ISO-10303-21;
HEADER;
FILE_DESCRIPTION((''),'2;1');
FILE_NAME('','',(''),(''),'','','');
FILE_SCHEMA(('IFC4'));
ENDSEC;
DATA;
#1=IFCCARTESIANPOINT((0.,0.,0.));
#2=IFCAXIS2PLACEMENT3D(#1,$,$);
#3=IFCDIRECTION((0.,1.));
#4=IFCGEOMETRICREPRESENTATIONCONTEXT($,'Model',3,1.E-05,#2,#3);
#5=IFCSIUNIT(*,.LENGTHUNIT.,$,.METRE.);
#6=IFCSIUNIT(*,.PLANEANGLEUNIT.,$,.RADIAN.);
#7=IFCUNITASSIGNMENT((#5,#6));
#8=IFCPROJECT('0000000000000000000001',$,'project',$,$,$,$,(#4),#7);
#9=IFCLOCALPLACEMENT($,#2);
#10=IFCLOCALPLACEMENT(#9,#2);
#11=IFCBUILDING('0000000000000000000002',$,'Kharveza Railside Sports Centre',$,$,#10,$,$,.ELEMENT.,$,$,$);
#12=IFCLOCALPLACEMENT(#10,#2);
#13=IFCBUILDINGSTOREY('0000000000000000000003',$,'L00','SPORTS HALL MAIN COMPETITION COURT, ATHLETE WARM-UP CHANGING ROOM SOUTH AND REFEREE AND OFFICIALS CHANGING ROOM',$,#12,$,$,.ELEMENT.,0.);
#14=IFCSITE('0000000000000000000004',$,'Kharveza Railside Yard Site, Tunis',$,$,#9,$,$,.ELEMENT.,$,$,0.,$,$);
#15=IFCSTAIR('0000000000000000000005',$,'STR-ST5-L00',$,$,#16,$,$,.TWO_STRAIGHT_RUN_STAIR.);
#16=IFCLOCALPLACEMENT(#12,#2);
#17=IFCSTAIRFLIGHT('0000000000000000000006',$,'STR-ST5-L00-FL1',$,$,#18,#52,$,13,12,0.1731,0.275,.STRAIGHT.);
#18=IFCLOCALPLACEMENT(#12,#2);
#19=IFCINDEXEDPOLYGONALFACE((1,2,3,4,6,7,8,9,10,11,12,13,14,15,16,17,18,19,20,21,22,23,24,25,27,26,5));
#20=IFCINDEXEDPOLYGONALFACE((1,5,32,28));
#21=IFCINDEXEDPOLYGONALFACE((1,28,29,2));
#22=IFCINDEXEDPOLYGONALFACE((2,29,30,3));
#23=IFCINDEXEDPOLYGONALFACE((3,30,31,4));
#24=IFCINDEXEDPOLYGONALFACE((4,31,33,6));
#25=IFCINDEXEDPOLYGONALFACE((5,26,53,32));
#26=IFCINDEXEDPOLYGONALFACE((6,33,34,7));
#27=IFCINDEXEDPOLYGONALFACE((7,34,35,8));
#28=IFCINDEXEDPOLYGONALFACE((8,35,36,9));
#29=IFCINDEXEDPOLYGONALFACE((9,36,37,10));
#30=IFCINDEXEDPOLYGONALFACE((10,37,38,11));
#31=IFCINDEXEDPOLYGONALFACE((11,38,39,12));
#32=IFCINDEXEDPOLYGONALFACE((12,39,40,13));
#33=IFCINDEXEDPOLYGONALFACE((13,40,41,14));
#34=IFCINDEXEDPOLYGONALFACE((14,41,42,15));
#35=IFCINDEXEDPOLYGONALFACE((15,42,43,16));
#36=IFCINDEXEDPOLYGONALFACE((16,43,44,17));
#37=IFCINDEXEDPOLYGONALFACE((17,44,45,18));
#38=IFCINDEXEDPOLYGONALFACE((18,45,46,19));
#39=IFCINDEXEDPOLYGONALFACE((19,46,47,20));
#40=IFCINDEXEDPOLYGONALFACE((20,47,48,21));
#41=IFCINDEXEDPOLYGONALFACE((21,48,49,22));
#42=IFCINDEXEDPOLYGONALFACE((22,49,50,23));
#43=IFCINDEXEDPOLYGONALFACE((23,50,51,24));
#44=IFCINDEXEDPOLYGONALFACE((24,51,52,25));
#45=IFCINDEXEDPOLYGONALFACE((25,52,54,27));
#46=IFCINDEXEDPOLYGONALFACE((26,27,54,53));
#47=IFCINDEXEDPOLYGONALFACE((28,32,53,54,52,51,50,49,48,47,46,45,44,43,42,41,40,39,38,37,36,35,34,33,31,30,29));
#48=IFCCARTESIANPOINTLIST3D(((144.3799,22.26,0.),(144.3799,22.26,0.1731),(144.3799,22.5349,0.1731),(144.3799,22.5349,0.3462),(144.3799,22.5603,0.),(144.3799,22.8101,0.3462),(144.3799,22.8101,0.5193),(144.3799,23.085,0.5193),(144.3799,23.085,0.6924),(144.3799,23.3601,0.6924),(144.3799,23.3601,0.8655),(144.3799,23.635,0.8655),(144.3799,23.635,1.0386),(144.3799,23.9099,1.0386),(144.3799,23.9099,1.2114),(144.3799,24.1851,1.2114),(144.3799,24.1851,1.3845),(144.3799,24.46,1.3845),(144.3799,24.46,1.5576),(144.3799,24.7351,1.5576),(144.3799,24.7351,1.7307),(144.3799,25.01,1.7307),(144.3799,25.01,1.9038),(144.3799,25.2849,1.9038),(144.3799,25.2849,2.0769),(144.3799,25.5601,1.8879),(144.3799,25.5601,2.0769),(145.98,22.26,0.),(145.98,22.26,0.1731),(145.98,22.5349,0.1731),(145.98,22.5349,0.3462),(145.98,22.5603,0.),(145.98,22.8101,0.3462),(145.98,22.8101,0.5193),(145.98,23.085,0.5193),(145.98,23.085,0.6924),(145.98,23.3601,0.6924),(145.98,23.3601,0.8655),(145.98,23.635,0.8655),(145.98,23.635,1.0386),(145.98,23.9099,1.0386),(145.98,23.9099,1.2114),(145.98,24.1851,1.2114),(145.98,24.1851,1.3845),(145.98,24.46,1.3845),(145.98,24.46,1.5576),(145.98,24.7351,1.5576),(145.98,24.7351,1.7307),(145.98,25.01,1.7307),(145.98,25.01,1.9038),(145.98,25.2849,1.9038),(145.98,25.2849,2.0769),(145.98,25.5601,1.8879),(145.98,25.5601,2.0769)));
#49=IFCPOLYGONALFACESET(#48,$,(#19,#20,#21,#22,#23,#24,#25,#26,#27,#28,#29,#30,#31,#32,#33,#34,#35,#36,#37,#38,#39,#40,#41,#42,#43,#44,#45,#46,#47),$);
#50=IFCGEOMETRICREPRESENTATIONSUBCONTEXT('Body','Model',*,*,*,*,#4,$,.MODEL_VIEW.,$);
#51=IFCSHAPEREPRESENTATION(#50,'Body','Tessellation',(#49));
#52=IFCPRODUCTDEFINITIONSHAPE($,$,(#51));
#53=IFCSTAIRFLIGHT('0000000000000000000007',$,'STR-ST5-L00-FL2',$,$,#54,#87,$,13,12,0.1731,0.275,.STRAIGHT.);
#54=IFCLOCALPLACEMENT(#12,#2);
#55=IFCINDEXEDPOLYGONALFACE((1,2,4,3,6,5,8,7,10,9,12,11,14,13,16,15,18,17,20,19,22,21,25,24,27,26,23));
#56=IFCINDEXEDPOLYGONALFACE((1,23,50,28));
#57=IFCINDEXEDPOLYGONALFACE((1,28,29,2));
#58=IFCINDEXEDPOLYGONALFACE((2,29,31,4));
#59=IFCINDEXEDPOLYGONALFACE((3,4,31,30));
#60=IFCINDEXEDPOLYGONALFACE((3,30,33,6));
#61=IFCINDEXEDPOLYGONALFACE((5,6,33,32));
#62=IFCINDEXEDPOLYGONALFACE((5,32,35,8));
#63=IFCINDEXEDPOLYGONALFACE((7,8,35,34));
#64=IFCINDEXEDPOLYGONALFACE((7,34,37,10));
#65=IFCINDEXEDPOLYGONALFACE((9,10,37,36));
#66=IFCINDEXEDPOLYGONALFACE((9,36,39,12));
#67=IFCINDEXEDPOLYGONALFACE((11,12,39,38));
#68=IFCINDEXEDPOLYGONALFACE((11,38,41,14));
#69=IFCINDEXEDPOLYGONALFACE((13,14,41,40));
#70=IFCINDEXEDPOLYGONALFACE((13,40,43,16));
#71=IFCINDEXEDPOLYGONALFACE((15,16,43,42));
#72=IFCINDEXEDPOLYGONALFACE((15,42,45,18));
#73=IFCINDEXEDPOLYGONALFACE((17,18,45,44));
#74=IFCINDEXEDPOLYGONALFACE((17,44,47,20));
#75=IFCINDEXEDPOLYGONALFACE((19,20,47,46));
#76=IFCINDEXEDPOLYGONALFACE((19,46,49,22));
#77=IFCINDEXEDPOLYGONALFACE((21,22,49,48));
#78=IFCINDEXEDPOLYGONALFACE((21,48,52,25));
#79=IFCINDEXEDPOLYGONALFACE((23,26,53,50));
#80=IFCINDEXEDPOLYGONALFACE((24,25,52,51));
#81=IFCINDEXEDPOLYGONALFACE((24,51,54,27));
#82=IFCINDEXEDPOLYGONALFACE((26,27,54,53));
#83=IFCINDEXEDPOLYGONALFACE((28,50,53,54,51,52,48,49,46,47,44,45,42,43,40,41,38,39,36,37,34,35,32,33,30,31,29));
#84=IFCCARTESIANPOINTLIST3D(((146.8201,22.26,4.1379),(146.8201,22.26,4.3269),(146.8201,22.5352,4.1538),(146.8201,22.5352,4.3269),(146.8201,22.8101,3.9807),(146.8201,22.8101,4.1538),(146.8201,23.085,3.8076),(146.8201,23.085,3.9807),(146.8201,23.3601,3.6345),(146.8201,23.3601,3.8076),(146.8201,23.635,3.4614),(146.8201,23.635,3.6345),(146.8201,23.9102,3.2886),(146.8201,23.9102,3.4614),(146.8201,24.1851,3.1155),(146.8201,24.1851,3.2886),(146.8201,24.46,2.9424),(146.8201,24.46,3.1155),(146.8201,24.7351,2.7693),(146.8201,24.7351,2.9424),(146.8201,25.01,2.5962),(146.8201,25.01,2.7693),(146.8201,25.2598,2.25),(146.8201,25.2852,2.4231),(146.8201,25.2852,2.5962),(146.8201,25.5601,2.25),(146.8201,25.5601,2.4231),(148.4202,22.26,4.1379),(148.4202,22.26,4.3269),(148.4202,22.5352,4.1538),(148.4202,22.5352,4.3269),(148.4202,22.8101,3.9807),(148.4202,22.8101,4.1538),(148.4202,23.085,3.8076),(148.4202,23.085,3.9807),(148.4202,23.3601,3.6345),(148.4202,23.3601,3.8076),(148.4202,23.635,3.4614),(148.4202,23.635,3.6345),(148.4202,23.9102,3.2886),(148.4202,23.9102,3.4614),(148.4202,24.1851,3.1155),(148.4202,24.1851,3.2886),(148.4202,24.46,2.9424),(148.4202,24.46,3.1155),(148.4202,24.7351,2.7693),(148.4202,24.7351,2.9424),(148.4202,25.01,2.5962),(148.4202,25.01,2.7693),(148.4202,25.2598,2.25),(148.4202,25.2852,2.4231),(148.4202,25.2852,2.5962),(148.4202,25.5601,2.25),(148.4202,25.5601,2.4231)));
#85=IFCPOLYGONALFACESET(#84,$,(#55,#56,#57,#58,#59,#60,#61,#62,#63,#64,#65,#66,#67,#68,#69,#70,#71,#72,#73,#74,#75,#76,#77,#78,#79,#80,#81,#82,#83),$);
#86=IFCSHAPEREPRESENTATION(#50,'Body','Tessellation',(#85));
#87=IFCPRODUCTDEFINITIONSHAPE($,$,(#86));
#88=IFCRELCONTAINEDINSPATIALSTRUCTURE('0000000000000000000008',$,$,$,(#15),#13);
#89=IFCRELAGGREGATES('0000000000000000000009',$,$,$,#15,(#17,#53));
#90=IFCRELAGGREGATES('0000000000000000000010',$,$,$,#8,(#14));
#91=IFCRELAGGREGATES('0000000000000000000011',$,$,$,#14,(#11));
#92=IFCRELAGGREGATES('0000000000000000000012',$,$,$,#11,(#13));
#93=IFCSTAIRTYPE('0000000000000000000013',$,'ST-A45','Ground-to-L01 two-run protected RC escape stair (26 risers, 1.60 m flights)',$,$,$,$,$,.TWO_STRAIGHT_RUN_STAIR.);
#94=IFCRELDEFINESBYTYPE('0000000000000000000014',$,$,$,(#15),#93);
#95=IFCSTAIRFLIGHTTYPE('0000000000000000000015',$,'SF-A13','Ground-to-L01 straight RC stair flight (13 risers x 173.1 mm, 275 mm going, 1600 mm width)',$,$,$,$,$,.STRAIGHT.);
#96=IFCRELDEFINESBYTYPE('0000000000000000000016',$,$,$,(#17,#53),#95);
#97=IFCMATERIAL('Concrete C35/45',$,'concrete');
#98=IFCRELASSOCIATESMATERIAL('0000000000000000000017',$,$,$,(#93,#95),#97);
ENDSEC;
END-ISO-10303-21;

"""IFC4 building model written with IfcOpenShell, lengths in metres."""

from ifc_helpers import new_model, si_unit, direction, frame, origin, place, context, subcontext, project, spatial, polyline, outline, extrude, material, type_object, element, aggregate, save


model = new_model("IFC4")

# Units and contexts
model_context = context("Model", 3, precision=1e-05, world=origin(), true_north=direction((0.0, 1.0)))
body_context = subcontext(model_context, "Body", "Model", "MODEL_VIEW")
ifc_project = project(units=[si_unit("LENGTHUNIT", "METRE"), si_unit("PLANEANGLEUNIT", "RADIAN")], contexts=[model_context])

# Site, building, storey
site_placement = place(None, origin())
site = spatial("IfcSite", under=ifc_project, at=site_placement, Name="Kharveza Railside Yard Site, Tunis", CompositionType="ELEMENT", RefElevation=0.0)
building_placement = place(site_placement, origin())
building = spatial("IfcBuilding", under=site, at=building_placement, Name="Kharveza Railside Sports Centre", CompositionType="ELEMENT")
storey_placement = place(building_placement, origin())
storey = spatial("IfcBuildingStorey", under=building, at=storey_placement, Name="L00", Description="SPORTS HALL MAIN COMPETITION COURT, ATHLETE WARM-UP CHANGING ROOM SOUTH AND REFEREE AND OFFICIALS CHANGING ROOM", CompositionType="ELEMENT", Elevation=0.0)

# Shared definitions
ifc_material_1 = material(Name="Concrete C35/45", Category="concrete")

# Stair, stair flights
stair_type = type_object("IfcStairType", Name="ST-A45", Description="Ground-to-L01 two-run protected RC escape stair (26 risers, 1.60 m flights)", PredefinedType="TWO_STRAIGHT_RUN_STAIR", material=ifc_material_1)
stair_placement = place(storey_placement, origin())
stair = element("IfcStair", 1, at=stair_placement, inside=storey, type_object=stair_type, Name="STR-ST5-L00", PredefinedType="TWO_STRAIGHT_RUN_STAIR")
stair_flight_type = type_object("IfcStairFlightType", Name="SF-A13", Description="Ground-to-L01 straight RC stair flight (13 risers x 173.1 mm, 275 mm going, 1600 mm width)", PredefinedType="STRAIGHT", material=ifc_material_1)
stair_flight_1_placement = place(storey_placement, frame((145.1799, 22.26, 0.0), z_axis=(0.0, 0.0, 1.0), x_axis=(0.0, 1.0, 0.0)))
stair_flight_1 = element("IfcStairFlight", 2, at=stair_flight_1_placement, type_object=stair_flight_type, Name="STR-ST5-L00-FL1", NumberOfRisers=13, NumberOfTreads=12, PredefinedType="STRAIGHT", RiserHeight=0.1731, TreadLength=0.275, context=body_context, shape_type="SweptSolid", body=[
    extrude(outline(polyline([(0.0, 0.0), (0.0, 0.1731), (0.2749, 0.1731), (0.2749, 0.3462), (0.55, 0.3462), (0.55, 0.5193), (0.825, 0.5193), (0.825, 0.6924), (1.1001, 0.6924), (1.1001, 0.8655), (1.375, 0.8655), (1.375, 1.0386), (1.6499, 1.0386), (1.6499, 1.2114), (1.925, 1.2114), (1.925, 1.3845), (2.2, 1.3845), (2.2, 1.5576), (2.4751, 1.5576), (2.4751, 1.7307), (2.75, 1.7307), (2.75, 1.9038), (3.0249, 1.9038), (3.0249, 2.0769), (3.3, 2.0769), (3.3, 2.25), (3.3, 1.8879), (0.3003, 0.0), (0.0, 0.0)])), frame((0.0, 0.8, 0.0), z_axis=(0.0, -1.0, 0.0), x_axis=(1.0, 0.0, 0.0)), (0.0, 0.0, 1.0), 1.6001),
])
stair_flight_2_placement = place(storey_placement, frame((147.6201, 25.5601, 2.25), z_axis=(0.0, 0.0, 1.0), x_axis=(0.0, -1.0, 0.0)))
stair_flight_2 = element("IfcStairFlight", 3, at=stair_flight_2_placement, type_object=stair_flight_type, Name="STR-ST5-L00-FL2", NumberOfRisers=13, NumberOfTreads=12, PredefinedType="STRAIGHT", RiserHeight=0.1731, TreadLength=0.275, context=body_context, shape_type="SweptSolid", body=[
    extrude(outline(polyline([(0.0, 0.0), (0.0, 0.1731), (0.2749, 0.1731), (0.2749, 0.3462), (0.55, 0.3462), (0.55, 0.5193), (0.825, 0.5193), (0.825, 0.6924), (1.1001, 0.6924), (1.1001, 0.8655), (1.375, 0.8655), (1.375, 1.0386), (1.6499, 1.0386), (1.6499, 1.2114), (1.925, 1.2114), (1.925, 1.3845), (2.2, 1.3845), (2.2, 1.5576), (2.4751, 1.5576), (2.4751, 1.7307), (2.75, 1.7307), (2.75, 1.9038), (3.0249, 1.9038), (3.0249, 2.0769), (3.3, 2.0769), (3.3, 2.25), (3.3, 1.8879), (0.3003, 0.0), (0.0, 0.0)])), frame((0.0, 0.8, 0.0), z_axis=(0.0, -1.0, 0.0), x_axis=(1.0, 0.0, 0.0)), (0.0, 0.0, 1.0), 1.6001),
])
aggregate(stair, [stair_flight_1, stair_flight_2])

save(model, "model.ifc")
